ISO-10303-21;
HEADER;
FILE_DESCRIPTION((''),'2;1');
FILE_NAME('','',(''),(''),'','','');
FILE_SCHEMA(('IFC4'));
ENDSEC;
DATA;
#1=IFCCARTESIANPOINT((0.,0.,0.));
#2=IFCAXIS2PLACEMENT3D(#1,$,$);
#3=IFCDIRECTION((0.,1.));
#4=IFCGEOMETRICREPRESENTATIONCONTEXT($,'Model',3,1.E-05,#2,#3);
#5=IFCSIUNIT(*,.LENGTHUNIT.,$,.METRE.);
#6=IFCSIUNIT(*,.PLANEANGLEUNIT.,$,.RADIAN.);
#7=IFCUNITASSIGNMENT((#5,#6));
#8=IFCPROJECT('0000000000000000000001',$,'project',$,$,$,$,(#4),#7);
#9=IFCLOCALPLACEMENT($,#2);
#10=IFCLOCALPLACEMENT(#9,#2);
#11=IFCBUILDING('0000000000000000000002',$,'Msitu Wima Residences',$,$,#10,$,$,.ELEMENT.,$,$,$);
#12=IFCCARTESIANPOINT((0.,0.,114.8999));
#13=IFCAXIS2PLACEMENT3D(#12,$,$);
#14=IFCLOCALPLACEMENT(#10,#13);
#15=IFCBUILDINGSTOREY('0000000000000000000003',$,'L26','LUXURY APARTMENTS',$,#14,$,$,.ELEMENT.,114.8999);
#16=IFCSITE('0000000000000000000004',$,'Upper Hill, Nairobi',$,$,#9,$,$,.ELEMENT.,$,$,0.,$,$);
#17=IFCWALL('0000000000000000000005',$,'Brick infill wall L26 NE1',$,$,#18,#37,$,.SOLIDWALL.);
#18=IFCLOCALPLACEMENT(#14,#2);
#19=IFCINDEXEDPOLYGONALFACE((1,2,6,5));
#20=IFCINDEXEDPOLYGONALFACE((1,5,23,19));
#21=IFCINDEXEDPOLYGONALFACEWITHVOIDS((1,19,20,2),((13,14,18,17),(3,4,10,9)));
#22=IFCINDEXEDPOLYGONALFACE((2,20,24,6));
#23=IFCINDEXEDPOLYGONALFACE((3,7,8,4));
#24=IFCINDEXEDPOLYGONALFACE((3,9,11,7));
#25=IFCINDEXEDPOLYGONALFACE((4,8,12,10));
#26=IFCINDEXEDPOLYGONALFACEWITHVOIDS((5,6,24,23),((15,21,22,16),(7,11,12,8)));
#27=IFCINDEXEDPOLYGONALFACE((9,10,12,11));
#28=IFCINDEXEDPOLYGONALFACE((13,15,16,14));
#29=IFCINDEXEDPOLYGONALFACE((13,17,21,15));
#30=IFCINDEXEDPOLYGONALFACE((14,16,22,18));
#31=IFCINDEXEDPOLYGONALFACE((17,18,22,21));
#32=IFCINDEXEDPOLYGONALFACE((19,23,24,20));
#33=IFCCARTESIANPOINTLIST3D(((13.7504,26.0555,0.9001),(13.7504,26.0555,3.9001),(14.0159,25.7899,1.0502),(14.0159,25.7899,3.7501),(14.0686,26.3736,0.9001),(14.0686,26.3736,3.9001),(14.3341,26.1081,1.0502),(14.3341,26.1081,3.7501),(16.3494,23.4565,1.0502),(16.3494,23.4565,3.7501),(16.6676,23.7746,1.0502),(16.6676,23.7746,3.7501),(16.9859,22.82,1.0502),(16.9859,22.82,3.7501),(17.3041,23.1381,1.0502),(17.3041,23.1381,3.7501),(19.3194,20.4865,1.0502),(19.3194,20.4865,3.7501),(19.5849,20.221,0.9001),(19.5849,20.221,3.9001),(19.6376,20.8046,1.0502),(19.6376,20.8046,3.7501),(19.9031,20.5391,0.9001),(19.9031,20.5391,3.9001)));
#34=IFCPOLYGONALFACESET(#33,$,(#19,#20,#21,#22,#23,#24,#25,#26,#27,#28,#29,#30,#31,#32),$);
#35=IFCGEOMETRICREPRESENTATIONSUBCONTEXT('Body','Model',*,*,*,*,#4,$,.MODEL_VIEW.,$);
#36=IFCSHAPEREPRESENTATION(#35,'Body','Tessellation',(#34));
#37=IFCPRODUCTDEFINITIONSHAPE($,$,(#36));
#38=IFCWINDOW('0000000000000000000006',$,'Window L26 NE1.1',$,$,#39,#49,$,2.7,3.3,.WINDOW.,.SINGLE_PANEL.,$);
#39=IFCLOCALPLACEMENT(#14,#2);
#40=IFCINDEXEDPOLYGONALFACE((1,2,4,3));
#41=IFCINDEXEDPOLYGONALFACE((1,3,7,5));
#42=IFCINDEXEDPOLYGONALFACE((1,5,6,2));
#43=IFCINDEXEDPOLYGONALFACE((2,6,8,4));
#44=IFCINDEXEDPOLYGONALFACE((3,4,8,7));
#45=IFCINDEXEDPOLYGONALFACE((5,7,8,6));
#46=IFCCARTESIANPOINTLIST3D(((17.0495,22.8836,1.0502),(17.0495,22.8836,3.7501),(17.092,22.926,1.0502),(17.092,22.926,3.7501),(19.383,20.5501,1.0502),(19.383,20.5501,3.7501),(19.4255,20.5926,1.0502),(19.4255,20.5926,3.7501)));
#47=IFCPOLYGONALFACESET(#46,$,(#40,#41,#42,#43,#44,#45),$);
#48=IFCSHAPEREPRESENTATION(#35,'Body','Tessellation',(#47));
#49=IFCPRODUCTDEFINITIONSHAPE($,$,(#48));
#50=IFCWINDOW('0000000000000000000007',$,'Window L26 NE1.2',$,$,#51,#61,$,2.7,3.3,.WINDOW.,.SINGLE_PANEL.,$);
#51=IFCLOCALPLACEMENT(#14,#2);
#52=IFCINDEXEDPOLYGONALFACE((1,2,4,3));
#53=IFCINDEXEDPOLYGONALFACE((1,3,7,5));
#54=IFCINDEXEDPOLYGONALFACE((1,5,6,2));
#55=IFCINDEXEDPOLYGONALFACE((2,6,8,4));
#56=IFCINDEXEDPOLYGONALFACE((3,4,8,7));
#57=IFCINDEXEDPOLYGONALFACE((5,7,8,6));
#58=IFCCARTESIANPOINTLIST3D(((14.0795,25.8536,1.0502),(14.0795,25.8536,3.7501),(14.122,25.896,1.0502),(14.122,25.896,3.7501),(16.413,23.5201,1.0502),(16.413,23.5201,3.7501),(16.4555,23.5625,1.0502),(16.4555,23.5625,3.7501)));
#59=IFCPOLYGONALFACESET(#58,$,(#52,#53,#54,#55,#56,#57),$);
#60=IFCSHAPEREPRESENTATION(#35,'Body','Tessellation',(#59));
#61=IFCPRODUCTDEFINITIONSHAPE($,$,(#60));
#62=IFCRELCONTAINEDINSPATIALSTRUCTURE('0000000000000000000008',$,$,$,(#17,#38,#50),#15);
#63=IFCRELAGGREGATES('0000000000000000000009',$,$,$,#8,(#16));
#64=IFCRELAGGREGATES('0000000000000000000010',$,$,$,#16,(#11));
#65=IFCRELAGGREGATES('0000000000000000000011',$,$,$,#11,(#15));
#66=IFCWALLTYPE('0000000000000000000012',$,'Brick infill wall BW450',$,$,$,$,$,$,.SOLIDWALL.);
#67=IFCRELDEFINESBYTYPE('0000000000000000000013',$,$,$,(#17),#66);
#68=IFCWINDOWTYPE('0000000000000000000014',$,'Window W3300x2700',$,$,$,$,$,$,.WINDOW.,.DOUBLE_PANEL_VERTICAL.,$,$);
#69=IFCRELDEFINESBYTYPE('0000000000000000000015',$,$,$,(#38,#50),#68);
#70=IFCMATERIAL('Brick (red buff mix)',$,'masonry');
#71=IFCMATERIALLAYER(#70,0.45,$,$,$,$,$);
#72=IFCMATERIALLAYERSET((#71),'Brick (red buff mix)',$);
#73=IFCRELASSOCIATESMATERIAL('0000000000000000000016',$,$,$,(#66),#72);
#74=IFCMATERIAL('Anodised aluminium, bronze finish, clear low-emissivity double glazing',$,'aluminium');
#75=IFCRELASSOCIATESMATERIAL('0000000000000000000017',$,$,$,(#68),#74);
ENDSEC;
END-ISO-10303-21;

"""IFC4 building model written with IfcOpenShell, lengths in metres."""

from ifc_helpers import new_model, si_unit, direction, frame, frame_2d, origin, place, context, subcontext, project, spatial, rectangle, extrude, material, layer, layer_set, type_object, element, fill, save


model = new_model("IFC4")

# Units and contexts
model_context = context("Model", 3, precision=1e-05, world=origin(), true_north=direction((0.0, 1.0)))
body_context = subcontext(model_context, "Body", "Model", "MODEL_VIEW")
ifc_project = project(units=[si_unit("LENGTHUNIT", "METRE"), si_unit("PLANEANGLEUNIT", "RADIAN")], contexts=[model_context])

# Site, building, storey
site_placement = place(None, origin())
site = spatial("IfcSite", under=ifc_project, at=site_placement, Name="Upper Hill, Nairobi", CompositionType="ELEMENT", RefElevation=0.0)
building_placement = place(site_placement, origin())
building = spatial("IfcBuilding", under=site, at=building_placement, Name="Msitu Wima Residences", CompositionType="ELEMENT")
storey_placement = place(building_placement, frame((0.0, 0.0, 114.8999)))
storey = spatial("IfcBuildingStorey", under=building, at=storey_placement, Name="L26", Description="LUXURY APARTMENTS", CompositionType="ELEMENT", Elevation=114.8999)

# Shared definitions
ifc_material_1 = material(Name="Brick (red buff mix)", Category="masonry")
ifc_layer_1 = layer(ifc_material_1, 0.45)
ifc_layer_set_1 = layer_set([ifc_layer_1], Name="Brick (red buff mix)")
wall_type_1 = type_object("IfcWallType", Name="Brick infill wall BW450", PredefinedType="SOLIDWALL", material=ifc_layer_set_1)
ifc_material_2 = material(Name="Anodised aluminium, bronze finish, clear low-emissivity double glazing", Category="aluminium")
window_type = type_object("IfcWindowType", Name="Window W3300x2700", PartitioningType="DOUBLE_PANEL_VERTICAL", PredefinedType="WINDOW", material=ifc_material_2)

# Wall, openings, windows
wall_1_placement = place(storey_placement, frame((19.7439, 20.3801, 0.9001), z_axis=(0.0, 0.0, 1.0), x_axis=(-0.707107, 0.707107, 0.0)))
wall_1 = element("IfcWall", 1, at=wall_1_placement, inside=storey, type_object=wall_type_1, Name="Brick infill wall L26 NE1", PredefinedType="SOLIDWALL", context=body_context, shape_type="SweptSolid", body=[
    extrude(rectangle(XDim=8.2512, YDim=0.45, at=frame_2d((4.1255, 0.0))), origin(), (0.0, 0.0, 1.0), 3.0),
])
opening_1_placement = place(wall_1_placement, frame((0.3755, 0.0, 0.1499)))
opening_1 = element("IfcOpeningElement", 2, at=opening_1_placement, cuts=wall_1, PredefinedType="OPENING", context=body_context, shape_type="SweptSolid", body=[
    extrude(rectangle(XDim=3.3, YDim=2.7, at=frame_2d((1.6499, 1.3501))), frame((0.0, 0.2349, 0.0), z_axis=(0.0, -1.0, 0.0), x_axis=(1.0, 0.0, 0.0)), (0.0, 0.0, 1.0), 0.47),
])
opening_2_placement = place(wall_1_placement, frame((4.5757, 0.0, 0.1499)))
opening_2 = element("IfcOpeningElement", 3, at=opening_2_placement, cuts=wall_1, PredefinedType="OPENING", context=body_context, shape_type="SweptSolid", body=[
    extrude(rectangle(XDim=3.3, YDim=2.7, at=frame_2d((1.6499, 1.3501))), frame((0.0, 0.2349, 0.0), z_axis=(0.0, -1.0, 0.0), x_axis=(1.0, 0.0, 0.0)), (0.0, 0.0, 1.0), 0.47),
])
window_1_placement = place(opening_1_placement, origin())
window_1 = element("IfcWindow", 4, at=window_1_placement, inside=storey, type_object=window_type, Name="Window L26 NE1.1", OverallHeight=2.7, OverallWidth=3.3, PartitioningType="SINGLE_PANEL", PredefinedType="WINDOW", context=body_context, shape_type="SweptSolid", body=[
    extrude(rectangle(XDim=3.3, YDim=2.7, at=frame_2d((1.6499, 1.3501))), frame((0.0, 0.135, 0.0), z_axis=(0.0, -1.0, 0.0), x_axis=(1.0, 0.0, 0.0)), (0.0, 0.0, 1.0), 0.0601),
])
fill(opening_1, window_1)
window_2_placement = place(opening_2_placement, origin())
window_2 = element("IfcWindow", 5, at=window_2_placement, inside=storey, type_object=window_type, Name="Window L26 NE1.2", OverallHeight=2.7, OverallWidth=3.3, PartitioningType="SINGLE_PANEL", PredefinedType="WINDOW", context=body_context, shape_type="SweptSolid", body=[
    extrude(rectangle(XDim=3.3, YDim=2.7, at=frame_2d((1.6499, 1.3501))), frame((0.0, 0.135, 0.0), z_axis=(0.0, -1.0, 0.0), x_axis=(1.0, 0.0, 0.0)), (0.0, 0.0, 1.0), 0.0601),
])
fill(opening_2, window_2)

save(model, "model.ifc")
